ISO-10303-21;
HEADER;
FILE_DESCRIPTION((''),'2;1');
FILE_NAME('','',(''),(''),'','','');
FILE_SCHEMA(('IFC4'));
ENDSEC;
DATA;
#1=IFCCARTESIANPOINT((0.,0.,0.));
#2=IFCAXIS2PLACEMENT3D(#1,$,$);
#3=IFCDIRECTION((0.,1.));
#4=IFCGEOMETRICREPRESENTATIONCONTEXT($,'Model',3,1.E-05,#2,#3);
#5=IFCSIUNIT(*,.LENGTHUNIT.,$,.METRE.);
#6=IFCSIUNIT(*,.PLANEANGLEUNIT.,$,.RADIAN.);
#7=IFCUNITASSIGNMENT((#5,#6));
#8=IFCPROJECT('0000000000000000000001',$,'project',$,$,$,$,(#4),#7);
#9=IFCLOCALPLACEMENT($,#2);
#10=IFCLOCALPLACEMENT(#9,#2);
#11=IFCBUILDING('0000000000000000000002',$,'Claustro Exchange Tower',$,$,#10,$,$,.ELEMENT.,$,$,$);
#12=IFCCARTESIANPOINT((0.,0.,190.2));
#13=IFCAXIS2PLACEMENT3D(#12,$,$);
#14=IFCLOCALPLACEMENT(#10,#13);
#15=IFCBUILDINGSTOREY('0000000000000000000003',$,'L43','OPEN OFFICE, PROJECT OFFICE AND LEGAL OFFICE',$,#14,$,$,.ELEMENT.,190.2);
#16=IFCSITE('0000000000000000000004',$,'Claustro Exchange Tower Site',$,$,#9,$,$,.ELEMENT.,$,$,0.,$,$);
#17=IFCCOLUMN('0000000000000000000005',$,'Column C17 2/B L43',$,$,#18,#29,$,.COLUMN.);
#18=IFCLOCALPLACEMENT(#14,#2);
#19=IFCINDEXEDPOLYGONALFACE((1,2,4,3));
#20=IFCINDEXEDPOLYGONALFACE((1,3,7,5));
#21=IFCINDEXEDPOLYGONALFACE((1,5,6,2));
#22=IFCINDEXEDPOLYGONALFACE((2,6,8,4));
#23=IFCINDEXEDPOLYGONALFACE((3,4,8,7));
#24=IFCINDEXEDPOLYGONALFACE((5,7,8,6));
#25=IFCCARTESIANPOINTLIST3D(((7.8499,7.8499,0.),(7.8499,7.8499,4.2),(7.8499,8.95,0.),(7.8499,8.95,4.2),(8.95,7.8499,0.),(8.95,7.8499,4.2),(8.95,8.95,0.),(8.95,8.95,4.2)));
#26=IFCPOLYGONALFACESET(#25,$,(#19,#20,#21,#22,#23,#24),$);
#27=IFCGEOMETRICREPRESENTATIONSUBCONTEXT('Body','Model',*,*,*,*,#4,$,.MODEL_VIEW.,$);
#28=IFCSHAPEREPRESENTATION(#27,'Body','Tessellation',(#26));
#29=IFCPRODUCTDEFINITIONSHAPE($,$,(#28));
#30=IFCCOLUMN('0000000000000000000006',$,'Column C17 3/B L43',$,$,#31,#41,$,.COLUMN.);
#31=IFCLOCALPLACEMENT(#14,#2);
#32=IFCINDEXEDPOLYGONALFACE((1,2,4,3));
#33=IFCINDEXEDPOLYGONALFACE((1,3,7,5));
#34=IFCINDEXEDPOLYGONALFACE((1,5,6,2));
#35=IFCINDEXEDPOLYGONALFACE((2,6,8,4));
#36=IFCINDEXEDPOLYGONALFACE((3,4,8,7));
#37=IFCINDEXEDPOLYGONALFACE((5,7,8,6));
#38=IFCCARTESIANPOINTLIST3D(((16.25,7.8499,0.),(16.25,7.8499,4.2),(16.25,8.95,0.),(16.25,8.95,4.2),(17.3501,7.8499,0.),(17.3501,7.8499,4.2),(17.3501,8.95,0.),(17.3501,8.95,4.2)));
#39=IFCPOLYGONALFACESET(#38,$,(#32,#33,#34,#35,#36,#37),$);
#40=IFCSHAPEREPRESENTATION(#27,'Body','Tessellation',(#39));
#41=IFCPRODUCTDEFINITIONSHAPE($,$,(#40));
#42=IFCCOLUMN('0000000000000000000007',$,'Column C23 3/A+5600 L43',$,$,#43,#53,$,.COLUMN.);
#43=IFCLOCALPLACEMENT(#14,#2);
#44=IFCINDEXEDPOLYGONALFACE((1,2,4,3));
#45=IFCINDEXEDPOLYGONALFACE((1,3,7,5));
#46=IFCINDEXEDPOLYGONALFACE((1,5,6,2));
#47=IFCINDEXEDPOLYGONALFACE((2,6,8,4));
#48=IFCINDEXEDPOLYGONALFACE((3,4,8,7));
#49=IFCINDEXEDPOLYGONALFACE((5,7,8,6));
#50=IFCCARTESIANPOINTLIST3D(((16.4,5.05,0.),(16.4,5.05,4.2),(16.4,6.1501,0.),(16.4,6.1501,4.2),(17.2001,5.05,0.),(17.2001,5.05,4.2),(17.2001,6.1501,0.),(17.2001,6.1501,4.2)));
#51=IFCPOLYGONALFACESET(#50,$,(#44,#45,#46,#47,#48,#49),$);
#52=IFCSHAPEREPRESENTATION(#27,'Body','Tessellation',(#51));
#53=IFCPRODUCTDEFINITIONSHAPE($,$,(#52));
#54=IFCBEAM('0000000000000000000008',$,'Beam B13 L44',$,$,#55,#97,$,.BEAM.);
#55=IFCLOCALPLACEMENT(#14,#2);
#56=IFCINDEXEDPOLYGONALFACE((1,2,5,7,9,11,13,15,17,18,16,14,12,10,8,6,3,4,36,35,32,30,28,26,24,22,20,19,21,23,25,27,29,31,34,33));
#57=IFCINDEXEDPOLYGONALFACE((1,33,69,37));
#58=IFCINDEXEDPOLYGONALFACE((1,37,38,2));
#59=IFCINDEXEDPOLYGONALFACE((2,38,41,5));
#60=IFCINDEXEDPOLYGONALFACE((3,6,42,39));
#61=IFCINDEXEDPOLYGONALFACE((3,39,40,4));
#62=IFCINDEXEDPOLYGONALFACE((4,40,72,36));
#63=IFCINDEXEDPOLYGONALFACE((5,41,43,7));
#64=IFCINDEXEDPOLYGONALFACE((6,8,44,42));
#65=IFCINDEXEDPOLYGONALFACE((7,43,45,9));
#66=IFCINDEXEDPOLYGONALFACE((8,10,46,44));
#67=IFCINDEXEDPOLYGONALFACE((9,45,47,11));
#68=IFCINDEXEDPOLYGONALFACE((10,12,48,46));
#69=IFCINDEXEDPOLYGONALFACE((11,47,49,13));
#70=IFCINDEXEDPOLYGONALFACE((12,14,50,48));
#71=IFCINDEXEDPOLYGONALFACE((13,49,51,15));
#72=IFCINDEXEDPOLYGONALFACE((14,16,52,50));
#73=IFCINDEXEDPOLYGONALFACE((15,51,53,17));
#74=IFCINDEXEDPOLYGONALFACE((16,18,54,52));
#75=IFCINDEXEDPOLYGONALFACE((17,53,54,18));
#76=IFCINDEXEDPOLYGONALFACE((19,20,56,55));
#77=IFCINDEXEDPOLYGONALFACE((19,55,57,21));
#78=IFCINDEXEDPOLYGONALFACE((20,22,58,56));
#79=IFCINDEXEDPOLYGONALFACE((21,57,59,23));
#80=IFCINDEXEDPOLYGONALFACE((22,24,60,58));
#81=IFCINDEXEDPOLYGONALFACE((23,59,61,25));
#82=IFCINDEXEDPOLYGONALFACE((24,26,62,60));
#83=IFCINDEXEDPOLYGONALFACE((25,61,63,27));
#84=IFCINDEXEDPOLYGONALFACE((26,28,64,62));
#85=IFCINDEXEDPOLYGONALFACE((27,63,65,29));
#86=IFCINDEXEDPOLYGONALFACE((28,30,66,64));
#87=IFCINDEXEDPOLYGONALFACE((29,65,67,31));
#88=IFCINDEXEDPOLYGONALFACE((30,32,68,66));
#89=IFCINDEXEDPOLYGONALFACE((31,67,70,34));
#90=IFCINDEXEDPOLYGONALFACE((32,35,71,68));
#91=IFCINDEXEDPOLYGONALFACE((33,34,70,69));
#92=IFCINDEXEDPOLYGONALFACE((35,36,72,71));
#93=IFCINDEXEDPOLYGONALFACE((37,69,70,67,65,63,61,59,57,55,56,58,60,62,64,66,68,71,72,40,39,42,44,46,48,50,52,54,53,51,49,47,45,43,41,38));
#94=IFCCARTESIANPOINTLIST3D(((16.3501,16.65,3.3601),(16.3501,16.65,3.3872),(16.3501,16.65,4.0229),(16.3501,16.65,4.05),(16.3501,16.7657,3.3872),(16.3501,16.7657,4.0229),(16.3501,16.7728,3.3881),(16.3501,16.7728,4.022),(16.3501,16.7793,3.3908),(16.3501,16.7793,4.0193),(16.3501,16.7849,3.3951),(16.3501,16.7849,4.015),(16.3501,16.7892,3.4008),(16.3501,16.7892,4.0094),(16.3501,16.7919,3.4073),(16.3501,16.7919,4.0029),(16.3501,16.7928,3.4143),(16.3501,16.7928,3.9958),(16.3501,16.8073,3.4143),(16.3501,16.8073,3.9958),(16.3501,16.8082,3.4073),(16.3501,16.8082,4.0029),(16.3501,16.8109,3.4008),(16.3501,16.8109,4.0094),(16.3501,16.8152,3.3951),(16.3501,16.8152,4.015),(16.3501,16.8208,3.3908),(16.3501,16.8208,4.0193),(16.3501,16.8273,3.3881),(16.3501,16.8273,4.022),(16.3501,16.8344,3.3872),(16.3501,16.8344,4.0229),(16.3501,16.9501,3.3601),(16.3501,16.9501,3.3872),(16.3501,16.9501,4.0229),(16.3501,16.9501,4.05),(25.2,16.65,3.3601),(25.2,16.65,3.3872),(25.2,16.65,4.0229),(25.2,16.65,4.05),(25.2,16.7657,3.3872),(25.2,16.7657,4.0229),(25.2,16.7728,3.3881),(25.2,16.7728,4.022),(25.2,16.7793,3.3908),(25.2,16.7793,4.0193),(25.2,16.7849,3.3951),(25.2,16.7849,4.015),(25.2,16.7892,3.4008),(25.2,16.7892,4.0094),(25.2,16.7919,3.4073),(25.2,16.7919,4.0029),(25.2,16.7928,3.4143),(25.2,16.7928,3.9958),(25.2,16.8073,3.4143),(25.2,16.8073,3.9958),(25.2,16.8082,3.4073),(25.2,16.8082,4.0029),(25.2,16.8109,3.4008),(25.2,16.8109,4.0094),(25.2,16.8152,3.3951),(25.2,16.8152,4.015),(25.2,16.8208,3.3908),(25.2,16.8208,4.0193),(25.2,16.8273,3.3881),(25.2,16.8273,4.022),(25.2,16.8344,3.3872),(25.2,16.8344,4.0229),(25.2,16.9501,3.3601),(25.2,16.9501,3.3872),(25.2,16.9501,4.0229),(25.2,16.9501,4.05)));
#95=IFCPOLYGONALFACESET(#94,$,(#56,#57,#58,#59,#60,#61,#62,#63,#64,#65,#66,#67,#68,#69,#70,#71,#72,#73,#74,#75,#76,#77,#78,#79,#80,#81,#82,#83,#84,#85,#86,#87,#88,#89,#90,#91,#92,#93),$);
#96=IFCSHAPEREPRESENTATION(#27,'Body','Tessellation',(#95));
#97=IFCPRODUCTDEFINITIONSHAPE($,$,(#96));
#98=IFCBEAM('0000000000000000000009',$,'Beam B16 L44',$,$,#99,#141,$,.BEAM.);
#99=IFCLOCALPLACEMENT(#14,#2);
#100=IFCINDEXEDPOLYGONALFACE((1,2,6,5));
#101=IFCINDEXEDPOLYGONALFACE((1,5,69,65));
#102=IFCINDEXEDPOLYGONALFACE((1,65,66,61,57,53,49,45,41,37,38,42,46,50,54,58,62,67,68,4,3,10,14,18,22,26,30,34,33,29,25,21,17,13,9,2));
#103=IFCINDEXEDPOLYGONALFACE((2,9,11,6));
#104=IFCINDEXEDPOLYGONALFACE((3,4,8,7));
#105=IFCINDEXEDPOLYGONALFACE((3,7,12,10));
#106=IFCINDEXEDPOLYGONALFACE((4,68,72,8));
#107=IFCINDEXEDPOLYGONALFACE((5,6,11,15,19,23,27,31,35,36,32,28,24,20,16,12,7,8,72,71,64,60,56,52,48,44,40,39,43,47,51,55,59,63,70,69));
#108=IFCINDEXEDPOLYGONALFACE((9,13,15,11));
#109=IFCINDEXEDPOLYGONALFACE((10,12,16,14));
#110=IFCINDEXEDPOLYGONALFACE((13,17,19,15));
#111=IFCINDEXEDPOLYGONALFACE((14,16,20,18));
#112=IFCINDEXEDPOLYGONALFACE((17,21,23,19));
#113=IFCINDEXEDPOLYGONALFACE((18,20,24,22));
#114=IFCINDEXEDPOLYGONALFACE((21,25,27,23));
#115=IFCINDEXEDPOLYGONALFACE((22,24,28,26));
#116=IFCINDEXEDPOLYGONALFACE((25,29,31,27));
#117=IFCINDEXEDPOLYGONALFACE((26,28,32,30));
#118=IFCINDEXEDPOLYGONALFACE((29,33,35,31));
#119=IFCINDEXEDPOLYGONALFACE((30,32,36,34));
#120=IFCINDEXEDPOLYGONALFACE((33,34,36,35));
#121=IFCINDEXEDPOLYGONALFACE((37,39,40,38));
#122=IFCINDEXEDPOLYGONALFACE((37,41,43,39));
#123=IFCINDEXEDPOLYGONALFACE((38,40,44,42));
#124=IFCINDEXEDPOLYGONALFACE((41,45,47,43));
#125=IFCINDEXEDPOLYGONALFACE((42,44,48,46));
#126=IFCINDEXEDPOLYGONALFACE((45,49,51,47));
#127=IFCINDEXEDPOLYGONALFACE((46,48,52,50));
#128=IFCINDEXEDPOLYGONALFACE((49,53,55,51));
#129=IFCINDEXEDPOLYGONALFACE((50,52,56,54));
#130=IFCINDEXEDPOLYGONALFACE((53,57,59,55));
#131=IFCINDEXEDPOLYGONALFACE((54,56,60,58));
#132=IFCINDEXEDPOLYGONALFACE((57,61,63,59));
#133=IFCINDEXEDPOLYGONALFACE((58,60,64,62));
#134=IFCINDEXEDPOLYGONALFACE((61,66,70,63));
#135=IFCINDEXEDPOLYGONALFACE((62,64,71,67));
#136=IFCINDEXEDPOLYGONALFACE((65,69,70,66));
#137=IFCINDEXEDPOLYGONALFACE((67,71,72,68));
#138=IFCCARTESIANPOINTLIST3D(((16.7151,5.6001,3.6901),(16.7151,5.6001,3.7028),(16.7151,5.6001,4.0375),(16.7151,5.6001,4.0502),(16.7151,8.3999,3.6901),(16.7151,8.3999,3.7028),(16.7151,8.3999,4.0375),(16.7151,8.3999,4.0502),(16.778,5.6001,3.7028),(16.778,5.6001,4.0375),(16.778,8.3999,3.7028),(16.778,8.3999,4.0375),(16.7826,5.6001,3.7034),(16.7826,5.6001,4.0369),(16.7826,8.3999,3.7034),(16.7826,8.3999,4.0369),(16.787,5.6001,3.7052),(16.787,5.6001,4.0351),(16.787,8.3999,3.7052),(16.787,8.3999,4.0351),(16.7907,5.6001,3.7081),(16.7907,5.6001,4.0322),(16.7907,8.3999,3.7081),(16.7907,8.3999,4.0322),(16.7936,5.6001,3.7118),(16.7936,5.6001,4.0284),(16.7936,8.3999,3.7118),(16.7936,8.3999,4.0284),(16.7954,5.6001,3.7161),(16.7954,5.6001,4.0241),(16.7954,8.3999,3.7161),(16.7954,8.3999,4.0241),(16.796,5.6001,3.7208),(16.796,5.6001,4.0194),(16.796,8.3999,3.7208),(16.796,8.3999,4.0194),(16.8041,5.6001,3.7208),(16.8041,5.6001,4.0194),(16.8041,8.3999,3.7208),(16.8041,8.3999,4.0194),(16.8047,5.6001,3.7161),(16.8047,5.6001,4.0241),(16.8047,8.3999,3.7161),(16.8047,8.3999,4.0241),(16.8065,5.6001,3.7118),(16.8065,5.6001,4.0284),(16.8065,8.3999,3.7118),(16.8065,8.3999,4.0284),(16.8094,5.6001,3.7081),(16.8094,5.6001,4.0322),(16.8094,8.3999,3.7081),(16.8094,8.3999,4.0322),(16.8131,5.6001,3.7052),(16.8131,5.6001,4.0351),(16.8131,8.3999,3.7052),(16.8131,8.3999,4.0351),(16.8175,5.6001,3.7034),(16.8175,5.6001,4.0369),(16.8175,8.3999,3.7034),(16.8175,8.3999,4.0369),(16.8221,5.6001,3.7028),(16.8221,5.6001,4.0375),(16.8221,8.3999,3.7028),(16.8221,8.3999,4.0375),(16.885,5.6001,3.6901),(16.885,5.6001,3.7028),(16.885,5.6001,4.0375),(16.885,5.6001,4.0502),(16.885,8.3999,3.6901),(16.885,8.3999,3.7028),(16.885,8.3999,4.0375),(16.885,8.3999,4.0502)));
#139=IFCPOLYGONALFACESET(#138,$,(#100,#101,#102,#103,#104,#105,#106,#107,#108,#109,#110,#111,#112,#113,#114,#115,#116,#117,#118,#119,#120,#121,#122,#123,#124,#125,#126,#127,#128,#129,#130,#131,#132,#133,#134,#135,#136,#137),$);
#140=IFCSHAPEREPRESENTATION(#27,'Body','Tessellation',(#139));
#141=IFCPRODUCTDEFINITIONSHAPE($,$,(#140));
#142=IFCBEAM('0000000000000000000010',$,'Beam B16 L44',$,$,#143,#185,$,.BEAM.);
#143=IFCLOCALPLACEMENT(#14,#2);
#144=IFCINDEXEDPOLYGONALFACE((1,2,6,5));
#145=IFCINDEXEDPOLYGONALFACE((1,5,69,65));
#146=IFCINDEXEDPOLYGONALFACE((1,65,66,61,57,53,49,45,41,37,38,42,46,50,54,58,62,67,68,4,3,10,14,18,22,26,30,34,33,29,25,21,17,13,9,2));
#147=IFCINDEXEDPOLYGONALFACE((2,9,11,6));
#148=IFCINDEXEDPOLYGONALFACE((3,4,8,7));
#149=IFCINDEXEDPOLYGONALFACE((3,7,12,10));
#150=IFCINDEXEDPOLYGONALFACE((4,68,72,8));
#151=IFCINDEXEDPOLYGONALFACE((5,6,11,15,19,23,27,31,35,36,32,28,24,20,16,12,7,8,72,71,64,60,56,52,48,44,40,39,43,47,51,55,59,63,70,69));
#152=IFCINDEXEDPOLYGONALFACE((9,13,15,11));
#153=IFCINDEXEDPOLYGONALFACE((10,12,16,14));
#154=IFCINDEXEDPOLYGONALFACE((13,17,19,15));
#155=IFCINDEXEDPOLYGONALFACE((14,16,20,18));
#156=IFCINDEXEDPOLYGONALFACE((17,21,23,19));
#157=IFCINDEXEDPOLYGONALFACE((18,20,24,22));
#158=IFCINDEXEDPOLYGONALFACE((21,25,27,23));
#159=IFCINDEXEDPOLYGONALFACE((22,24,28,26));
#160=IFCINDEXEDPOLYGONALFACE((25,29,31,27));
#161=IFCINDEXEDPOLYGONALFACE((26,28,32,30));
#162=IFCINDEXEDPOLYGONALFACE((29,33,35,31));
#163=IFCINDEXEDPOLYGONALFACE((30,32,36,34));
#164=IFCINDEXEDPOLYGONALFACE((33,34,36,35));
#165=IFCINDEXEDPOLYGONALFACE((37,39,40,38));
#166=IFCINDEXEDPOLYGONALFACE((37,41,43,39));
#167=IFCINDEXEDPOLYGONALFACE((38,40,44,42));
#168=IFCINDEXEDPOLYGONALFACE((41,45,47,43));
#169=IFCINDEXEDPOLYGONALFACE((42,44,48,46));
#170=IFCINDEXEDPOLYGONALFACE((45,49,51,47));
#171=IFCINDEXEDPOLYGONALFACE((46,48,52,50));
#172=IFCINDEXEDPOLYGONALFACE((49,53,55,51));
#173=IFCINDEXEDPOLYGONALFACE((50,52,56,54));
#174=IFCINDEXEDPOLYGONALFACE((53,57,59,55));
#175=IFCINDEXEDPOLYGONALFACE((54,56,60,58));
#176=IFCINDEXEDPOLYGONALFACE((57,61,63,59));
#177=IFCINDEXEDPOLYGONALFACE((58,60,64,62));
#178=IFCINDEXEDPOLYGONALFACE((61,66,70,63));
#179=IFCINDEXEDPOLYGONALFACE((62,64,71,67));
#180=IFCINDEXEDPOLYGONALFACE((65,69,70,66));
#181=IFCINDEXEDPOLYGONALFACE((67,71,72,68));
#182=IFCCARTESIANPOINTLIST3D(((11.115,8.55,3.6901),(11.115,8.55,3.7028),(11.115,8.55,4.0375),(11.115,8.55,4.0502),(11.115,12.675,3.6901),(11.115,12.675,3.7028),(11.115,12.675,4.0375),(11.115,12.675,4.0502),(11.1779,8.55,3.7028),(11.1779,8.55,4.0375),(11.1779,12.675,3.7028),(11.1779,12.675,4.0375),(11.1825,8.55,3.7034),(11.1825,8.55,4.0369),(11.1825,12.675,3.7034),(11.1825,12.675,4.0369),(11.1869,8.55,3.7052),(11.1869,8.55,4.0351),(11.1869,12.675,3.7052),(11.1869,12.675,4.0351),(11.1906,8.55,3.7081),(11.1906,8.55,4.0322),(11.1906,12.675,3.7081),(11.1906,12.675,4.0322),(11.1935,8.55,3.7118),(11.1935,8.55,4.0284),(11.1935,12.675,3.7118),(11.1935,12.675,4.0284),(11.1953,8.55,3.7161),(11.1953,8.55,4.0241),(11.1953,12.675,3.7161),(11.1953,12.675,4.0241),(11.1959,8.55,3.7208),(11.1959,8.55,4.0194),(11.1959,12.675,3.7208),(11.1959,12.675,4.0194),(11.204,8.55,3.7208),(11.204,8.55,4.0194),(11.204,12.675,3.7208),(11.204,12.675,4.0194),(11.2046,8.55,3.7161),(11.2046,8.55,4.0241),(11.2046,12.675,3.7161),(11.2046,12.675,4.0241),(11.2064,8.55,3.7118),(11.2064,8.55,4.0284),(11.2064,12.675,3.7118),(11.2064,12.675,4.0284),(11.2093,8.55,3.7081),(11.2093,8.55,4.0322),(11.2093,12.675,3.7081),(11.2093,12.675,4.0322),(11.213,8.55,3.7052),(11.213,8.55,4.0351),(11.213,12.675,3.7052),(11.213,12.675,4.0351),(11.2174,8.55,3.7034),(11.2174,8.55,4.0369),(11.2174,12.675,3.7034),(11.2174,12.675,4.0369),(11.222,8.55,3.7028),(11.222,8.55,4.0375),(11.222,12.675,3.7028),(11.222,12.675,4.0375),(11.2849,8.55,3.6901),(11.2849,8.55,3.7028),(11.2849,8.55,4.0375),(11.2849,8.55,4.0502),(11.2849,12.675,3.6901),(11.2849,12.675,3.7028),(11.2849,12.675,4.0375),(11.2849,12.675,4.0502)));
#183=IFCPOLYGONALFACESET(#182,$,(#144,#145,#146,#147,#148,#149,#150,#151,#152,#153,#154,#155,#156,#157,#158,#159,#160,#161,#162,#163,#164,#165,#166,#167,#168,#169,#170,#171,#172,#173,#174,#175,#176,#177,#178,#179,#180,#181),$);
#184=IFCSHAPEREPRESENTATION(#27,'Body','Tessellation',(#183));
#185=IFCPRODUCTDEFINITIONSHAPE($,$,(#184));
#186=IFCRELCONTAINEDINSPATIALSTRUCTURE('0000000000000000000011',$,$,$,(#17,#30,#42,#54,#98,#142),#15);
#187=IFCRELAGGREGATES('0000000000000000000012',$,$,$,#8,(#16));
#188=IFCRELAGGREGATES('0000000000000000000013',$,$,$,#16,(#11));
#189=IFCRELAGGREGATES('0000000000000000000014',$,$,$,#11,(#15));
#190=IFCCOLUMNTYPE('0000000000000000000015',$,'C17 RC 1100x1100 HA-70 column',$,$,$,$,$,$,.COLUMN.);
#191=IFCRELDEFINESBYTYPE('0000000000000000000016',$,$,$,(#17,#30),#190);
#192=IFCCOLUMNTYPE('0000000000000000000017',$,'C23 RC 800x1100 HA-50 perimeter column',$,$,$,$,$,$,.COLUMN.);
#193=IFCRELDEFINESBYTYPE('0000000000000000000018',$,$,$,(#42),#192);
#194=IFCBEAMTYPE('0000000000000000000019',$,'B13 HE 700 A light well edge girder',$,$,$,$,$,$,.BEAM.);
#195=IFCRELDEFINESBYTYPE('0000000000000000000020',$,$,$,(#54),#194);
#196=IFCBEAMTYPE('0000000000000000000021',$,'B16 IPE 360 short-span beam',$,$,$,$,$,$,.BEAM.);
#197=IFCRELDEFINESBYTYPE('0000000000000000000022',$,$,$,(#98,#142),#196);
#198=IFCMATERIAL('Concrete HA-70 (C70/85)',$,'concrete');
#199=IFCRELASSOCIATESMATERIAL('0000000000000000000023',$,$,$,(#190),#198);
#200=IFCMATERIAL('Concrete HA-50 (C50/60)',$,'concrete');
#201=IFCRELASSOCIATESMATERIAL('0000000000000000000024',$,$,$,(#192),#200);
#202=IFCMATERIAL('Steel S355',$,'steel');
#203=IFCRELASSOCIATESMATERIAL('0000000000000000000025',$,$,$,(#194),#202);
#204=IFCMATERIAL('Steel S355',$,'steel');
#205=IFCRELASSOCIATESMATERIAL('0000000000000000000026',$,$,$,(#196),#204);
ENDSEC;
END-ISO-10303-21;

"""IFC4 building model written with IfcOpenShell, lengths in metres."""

from ifc_helpers import new_model, si_unit, direction, frame, origin, origin_2d, place, context, subcontext, project, spatial, rectangle, i_section, extrude, material, material_profile, profile_set, type_object, element, save


model = new_model("IFC4")

# Units and contexts
model_context = context("Model", 3, precision=1e-05, world=origin(), true_north=direction((0.0, 1.0)))
body_context = subcontext(model_context, "Body", "Model", "MODEL_VIEW")
ifc_project = project(units=[si_unit("LENGTHUNIT", "METRE"), si_unit("PLANEANGLEUNIT", "RADIAN")], contexts=[model_context])

# Site, building, storey
site_placement = place(None, origin())
site = spatial("IfcSite", under=ifc_project, at=site_placement, Name="Claustro Exchange Tower Site", CompositionType="ELEMENT", RefElevation=0.0)
building_placement = place(site_placement, origin())
building = spatial("IfcBuilding", under=site, at=building_placement, Name="Claustro Exchange Tower", CompositionType="ELEMENT")
storey_placement = place(building_placement, frame((0.0, 0.0, 190.2)))
storey = spatial("IfcBuildingStorey", under=building, at=storey_placement, Name="L43", Description="OPEN OFFICE, PROJECT OFFICE AND LEGAL OFFICE", CompositionType="ELEMENT", Elevation=190.2)

# Columns
ifc_material_1 = material(Name="Concrete HA-70 (C70/85)", Category="concrete")
ifc_material_profile_1 = material_profile(ifc_material_1, rectangle(XDim=1.1001, YDim=1.1001, at=origin_2d()), Name="RC 1100x1100")
ifc_profile_set_1 = profile_set([ifc_material_profile_1], Name="Concrete HA-70 (C70/85)")
column_type_1 = type_object("IfcColumnType", Name="C17 RC 1100x1100 HA-70 column", PredefinedType="COLUMN", material=ifc_profile_set_1)
for number, where, z_axis, x_axis, name in (
    (1, (8.3999, 8.3999, 0.0), (0.0, 0.0, 1.0), (1.0, 0.0, 0.0), "Column C17 2/B L43"),
    (2, (16.8, 8.3999, 0.0), (0.0, 0.0, 1.0), (1.0, 0.0, 0.0), "Column C17 3/B L43"),
):
    element("IfcColumn", number, at=place(storey_placement, frame(where, z_axis=z_axis, x_axis=x_axis)), inside=storey, type_object=column_type_1, Name=name, PredefinedType="COLUMN", context=body_context, shape_type="SweptSolid", body=[
        extrude(rectangle(XDim=1.1001, YDim=1.1001, at=origin_2d()), origin(), (0.0, 0.0, 1.0), 4.2),
    ])
ifc_material_2 = material(Name="Concrete HA-50 (C50/60)", Category="concrete")
ifc_material_profile_2 = material_profile(ifc_material_2, rectangle(XDim=0.8, YDim=1.1001, at=origin_2d()), Name="RC 800x1100")
ifc_profile_set_2 = profile_set([ifc_material_profile_2], Name="Concrete HA-50 (C50/60)")
column_type_2 = type_object("IfcColumnType", Name="C23 RC 800x1100 HA-50 perimeter column", PredefinedType="COLUMN", material=ifc_profile_set_2)
column_placement = place(storey_placement, frame((16.8, 5.6001, 0.0), z_axis=(0.0, 0.0, 1.0), x_axis=(1.0, 0.0, 0.0)))
element("IfcColumn", 3, at=column_placement, inside=storey, type_object=column_type_2, Name="Column C23 3/A+5600 L43", PredefinedType="COLUMN", context=body_context, shape_type="SweptSolid", body=[
    extrude(rectangle(XDim=0.8, YDim=1.1001, at=origin_2d()), origin(), (0.0, 0.0, 1.0), 4.2),
])

# Beams
ifc_material_3 = material(Name="Steel S355", Category="steel")
ifc_material_profile_3 = material_profile(ifc_material_3, i_section(OverallWidth=0.3, OverallDepth=0.6899, WebThickness=0.0144, FlangeThickness=0.0271, FilletRadius=0.0271, at=origin_2d()), Name="HE 700 A")
ifc_profile_set_3 = profile_set([ifc_material_profile_3], Name="Steel S355")
beam_type_1 = type_object("IfcBeamType", Name="B13 HE 700 A light well edge girder", PredefinedType="BEAM", material=ifc_profile_set_3)
beam_1_placement = place(storey_placement, frame((16.3501, 16.8, 3.7051), z_axis=(1.0, 0.0, 0.0), x_axis=(0.0, 1.0, 0.0)))
element("IfcBeam", 4, at=beam_1_placement, inside=storey, type_object=beam_type_1, Name="Beam B13 L44", PredefinedType="BEAM", context=body_context, shape_type="SweptSolid", body=[
    extrude(i_section(OverallWidth=0.3, OverallDepth=0.6899, WebThickness=0.0144, FlangeThickness=0.0271, FilletRadius=0.0271, at=origin_2d()), origin(), (0.0, 0.0, 1.0), 8.8499),
])
ifc_material_4 = material(Name="Steel S355", Category="steel")
ifc_material_profile_4 = material_profile(ifc_material_4, i_section(OverallWidth=0.1699, OverallDepth=0.3601, WebThickness=0.0081, FlangeThickness=0.0127, FilletRadius=0.0181, at=origin_2d()), Name="IPE 360")
ifc_profile_set_4 = profile_set([ifc_material_profile_4], Name="Steel S355")
beam_type_2 = type_object("IfcBeamType", Name="B16 IPE 360 short-span beam", PredefinedType="BEAM", material=ifc_profile_set_4)
beam_2_placement = place(storey_placement, frame((16.8, 5.6001, 3.8701), z_axis=(0.0, 1.0, 0.0), x_axis=(-1.0, 0.0, 0.0)))
element("IfcBeam", 5, at=beam_2_placement, inside=storey, type_object=beam_type_2, Name="Beam B16 L44", PredefinedType="BEAM", context=body_context, shape_type="SweptSolid", body=[
    extrude(i_section(OverallWidth=0.1699, OverallDepth=0.3601, WebThickness=0.0081, FlangeThickness=0.0127, FilletRadius=0.0181, at=origin_2d()), origin(), (0.0, 0.0, 1.0), 2.7998),
])
for number, where, z_axis, x_axis, name in (
    (6, (11.2, 8.55, 3.8701), (0.0, 1.0, 0.0), (-1.0, 0.0, 0.0), "Beam B16 L44"),
):
    element("IfcBeam", number, at=place(storey_placement, frame(where, z_axis=z_axis, x_axis=x_axis)), inside=storey, type_object=beam_type_2, Name=name, PredefinedType="BEAM", context=body_context, shape_type="SweptSolid", body=[
        extrude(i_section(OverallWidth=0.1699, OverallDepth=0.3601, WebThickness=0.0081, FlangeThickness=0.0127, FilletRadius=0.0181, at=origin_2d()), origin(), (0.0, 0.0, 1.0), 4.125),
    ])

save(model, "model.ifc")
